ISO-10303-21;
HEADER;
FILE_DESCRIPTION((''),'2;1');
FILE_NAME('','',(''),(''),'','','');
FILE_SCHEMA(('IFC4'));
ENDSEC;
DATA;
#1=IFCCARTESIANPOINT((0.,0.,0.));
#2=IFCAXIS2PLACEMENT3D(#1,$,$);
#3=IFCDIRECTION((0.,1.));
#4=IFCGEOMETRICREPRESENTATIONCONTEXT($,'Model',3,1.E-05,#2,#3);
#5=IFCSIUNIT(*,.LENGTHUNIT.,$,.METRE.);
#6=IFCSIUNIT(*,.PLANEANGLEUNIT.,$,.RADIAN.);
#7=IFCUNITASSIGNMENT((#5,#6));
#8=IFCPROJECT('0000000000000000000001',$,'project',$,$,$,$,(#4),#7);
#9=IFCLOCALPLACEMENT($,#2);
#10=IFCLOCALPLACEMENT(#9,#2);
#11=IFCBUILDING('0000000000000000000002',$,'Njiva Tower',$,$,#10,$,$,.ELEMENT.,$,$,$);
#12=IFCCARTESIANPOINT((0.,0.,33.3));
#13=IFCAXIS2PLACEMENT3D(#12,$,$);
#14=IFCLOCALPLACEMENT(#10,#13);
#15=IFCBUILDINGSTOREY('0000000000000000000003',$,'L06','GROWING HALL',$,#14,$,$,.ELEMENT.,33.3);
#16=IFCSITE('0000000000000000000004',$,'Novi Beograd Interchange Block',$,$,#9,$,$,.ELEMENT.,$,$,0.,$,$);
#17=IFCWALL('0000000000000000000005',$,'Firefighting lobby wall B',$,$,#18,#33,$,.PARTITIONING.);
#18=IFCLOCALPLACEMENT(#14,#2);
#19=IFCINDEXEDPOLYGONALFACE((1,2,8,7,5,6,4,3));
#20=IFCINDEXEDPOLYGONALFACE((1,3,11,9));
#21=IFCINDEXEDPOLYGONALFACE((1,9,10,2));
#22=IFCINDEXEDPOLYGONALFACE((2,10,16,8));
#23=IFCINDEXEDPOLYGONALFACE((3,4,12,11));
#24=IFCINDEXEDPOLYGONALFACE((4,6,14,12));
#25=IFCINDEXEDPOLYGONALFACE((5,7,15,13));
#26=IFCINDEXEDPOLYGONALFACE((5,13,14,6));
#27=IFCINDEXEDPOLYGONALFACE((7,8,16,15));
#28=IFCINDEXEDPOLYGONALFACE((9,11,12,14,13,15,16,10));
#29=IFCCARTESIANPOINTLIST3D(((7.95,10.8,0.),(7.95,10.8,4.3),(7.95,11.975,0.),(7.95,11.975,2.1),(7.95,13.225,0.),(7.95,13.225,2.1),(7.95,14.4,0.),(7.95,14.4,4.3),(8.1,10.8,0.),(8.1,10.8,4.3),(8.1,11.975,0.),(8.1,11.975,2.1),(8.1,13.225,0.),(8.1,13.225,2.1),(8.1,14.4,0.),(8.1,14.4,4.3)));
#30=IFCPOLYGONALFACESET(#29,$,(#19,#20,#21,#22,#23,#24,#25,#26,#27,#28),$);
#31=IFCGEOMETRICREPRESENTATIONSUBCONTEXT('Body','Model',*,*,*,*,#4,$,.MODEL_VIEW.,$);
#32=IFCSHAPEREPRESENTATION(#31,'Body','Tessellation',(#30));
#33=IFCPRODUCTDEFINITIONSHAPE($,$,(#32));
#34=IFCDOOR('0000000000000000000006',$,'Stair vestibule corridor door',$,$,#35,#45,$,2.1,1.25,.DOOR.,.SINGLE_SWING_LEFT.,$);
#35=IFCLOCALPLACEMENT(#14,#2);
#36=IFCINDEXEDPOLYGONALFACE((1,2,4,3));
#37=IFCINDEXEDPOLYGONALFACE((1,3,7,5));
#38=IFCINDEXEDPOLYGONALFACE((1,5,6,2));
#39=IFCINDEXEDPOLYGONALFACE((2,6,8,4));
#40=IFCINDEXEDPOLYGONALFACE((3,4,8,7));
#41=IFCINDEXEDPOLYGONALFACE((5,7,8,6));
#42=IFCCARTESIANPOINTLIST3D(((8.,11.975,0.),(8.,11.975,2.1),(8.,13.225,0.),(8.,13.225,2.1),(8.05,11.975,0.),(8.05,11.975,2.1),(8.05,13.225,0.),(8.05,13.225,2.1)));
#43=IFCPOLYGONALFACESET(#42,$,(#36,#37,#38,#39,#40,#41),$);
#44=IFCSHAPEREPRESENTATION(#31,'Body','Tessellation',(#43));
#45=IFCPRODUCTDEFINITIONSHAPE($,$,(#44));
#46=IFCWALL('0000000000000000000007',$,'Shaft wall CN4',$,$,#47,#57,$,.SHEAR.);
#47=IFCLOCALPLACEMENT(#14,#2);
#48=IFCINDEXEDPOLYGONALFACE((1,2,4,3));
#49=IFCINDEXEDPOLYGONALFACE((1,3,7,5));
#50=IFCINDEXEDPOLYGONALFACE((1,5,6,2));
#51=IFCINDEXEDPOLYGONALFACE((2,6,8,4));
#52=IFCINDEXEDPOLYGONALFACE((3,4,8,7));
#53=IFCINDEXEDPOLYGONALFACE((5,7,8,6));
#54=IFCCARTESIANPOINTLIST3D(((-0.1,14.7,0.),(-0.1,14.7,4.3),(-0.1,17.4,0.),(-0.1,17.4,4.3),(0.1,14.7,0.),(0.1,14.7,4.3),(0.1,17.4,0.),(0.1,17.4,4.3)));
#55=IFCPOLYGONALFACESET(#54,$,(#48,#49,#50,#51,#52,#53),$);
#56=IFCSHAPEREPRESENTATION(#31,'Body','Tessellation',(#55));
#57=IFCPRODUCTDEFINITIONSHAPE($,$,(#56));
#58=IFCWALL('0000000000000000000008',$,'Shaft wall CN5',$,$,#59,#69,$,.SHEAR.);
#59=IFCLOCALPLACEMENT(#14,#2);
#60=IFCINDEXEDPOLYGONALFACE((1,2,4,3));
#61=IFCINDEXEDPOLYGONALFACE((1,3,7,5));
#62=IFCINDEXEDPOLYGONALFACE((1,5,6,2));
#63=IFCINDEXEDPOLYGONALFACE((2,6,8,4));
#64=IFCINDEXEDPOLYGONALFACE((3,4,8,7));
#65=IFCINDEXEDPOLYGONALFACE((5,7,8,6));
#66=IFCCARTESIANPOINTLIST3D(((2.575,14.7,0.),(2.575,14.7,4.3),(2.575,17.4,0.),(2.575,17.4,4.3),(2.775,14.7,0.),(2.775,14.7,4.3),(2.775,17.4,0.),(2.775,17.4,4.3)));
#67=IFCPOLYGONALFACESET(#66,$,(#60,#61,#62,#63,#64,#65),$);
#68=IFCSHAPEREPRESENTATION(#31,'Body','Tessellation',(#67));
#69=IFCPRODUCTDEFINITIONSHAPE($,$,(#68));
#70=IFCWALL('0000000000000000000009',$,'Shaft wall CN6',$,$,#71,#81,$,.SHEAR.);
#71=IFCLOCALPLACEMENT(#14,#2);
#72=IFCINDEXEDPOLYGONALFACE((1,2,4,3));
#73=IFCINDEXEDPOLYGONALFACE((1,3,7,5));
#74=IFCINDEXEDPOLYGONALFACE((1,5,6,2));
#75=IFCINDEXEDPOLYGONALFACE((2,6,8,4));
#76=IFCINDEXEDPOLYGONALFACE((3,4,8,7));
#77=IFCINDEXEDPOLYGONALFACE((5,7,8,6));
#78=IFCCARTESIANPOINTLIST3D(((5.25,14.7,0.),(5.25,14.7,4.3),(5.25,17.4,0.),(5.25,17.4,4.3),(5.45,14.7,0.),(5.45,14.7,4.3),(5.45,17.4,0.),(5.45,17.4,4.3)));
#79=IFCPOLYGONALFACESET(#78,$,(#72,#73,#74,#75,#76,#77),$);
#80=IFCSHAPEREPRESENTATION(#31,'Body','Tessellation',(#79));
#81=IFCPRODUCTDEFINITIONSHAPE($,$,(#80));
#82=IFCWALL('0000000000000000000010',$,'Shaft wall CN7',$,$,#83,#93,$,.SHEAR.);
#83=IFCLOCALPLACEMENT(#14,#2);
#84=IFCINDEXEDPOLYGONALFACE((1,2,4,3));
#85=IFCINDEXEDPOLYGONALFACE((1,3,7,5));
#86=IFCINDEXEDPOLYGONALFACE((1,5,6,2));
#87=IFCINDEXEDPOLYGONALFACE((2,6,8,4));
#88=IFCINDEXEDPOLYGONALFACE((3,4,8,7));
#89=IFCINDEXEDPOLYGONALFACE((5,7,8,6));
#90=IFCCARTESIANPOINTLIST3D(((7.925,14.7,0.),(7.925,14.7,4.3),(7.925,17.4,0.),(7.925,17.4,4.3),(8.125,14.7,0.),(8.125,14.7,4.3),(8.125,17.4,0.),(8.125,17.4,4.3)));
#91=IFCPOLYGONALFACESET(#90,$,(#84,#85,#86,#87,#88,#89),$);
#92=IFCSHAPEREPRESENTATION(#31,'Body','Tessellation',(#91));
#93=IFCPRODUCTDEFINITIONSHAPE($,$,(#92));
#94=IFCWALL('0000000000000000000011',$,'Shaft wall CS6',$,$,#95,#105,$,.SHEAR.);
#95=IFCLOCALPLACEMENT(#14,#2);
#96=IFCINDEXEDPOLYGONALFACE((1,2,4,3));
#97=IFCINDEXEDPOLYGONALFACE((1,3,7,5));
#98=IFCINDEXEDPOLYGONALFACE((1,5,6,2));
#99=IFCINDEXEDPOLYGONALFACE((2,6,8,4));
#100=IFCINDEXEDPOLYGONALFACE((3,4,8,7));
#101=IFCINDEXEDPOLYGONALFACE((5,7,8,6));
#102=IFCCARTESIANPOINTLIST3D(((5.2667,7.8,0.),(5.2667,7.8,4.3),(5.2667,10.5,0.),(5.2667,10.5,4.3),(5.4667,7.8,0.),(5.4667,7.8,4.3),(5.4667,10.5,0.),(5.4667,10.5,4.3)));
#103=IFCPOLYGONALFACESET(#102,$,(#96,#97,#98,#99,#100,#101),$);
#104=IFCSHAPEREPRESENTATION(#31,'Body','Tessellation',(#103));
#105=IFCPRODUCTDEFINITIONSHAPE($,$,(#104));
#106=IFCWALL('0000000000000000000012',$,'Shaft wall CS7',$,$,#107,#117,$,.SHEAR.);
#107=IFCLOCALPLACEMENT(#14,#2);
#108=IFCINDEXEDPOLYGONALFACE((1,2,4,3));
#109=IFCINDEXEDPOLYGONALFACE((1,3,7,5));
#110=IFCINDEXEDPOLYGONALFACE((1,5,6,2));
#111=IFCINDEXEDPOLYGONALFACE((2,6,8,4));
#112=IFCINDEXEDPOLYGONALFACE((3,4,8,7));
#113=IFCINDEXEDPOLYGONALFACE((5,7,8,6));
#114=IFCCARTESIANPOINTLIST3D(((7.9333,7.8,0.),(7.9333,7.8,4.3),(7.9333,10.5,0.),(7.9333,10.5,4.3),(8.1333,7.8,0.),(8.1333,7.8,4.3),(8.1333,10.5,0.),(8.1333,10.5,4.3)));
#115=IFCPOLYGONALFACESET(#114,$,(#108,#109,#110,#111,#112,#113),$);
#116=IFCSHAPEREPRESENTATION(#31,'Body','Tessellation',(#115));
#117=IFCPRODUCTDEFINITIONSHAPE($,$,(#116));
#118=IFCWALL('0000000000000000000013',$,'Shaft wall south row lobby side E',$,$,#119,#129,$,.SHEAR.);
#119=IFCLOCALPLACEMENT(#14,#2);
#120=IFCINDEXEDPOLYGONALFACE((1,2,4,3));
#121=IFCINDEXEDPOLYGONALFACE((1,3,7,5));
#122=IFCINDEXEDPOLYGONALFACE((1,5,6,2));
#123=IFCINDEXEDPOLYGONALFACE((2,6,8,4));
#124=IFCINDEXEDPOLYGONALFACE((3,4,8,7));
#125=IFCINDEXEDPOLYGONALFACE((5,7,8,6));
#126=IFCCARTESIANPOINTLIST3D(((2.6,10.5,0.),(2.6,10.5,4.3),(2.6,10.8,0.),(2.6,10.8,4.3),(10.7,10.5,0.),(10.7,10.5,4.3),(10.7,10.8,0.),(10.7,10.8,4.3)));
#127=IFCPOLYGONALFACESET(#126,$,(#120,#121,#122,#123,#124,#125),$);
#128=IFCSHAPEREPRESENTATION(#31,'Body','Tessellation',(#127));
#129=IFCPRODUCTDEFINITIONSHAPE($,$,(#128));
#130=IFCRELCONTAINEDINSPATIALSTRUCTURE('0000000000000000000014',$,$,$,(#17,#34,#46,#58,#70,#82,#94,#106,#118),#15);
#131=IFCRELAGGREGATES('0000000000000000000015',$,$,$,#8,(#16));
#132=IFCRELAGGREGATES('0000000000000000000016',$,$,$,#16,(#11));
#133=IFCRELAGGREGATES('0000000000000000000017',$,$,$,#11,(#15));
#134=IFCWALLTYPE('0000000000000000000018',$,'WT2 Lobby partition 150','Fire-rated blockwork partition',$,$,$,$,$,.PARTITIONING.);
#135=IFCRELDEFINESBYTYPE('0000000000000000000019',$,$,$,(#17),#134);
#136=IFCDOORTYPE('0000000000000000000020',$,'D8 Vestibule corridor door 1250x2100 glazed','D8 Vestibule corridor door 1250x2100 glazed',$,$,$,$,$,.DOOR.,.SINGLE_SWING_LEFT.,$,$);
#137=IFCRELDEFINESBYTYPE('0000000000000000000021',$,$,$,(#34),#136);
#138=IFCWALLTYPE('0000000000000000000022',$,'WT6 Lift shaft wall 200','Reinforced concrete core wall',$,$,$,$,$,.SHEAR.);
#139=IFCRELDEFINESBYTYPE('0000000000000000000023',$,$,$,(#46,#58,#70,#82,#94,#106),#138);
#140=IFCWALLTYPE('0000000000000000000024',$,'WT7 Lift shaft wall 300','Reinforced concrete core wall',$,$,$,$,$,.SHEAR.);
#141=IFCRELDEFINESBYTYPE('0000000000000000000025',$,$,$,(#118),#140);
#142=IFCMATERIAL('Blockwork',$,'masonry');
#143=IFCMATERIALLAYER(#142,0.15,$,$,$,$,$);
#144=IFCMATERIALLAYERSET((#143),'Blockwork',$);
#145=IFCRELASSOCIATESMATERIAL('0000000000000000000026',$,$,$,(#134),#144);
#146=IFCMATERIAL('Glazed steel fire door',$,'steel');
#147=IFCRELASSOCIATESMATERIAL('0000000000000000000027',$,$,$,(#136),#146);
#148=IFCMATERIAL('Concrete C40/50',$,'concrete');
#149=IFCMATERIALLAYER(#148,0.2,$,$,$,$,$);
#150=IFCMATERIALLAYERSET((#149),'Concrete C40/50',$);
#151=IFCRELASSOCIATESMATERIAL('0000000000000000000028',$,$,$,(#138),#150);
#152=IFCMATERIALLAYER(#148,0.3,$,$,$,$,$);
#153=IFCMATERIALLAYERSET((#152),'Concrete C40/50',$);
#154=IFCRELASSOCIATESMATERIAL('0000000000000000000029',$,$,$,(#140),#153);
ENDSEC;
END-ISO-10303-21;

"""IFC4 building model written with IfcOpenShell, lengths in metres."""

from ifc_helpers import new_model, si_unit, direction, frame, frame_2d, origin, place, context, subcontext, project, spatial, rectangle, extrude, material, layer, layer_set, type_object, element, fill, save


model = new_model("IFC4")

# Units and contexts
model_context = context("Model", 3, precision=1e-05, world=origin(), true_north=direction((0.0, 1.0)))
body_context = subcontext(model_context, "Body", "Model", "MODEL_VIEW")
ifc_project = project(units=[si_unit("LENGTHUNIT", "METRE"), si_unit("PLANEANGLEUNIT", "RADIAN")], contexts=[model_context])

# Site, building, storey
site_placement = place(None, origin())
site = spatial("IfcSite", under=ifc_project, at=site_placement, Name="Novi Beograd Interchange Block", CompositionType="ELEMENT", RefElevation=0.0)
building_placement = place(site_placement, origin())
building = spatial("IfcBuilding", under=site, at=building_placement, Name="Njiva Tower", CompositionType="ELEMENT")
storey_placement = place(building_placement, frame((0.0, 0.0, 33.3)))
storey = spatial("IfcBuildingStorey", under=building, at=storey_placement, Name="L06", Description="GROWING HALL", CompositionType="ELEMENT", Elevation=33.3)

# Wall, opening, door
ifc_material_1 = material(Name="Concrete C40/50", Category="concrete")
ifc_material_2 = material(Name="Glazed steel fire door", Category="steel")
ifc_material_3 = material(Name="Blockwork", Category="masonry")
ifc_layer_1 = layer(ifc_material_3, 0.15)
ifc_layer_set_1 = layer_set([ifc_layer_1], Name="Blockwork")
wall_type_1 = type_object("IfcWallType", Name="WT2 Lobby partition 150", Description="Fire-rated blockwork partition", PredefinedType="PARTITIONING", material=ifc_layer_set_1)
wall_1_placement = place(storey_placement, frame((8.025, 10.8, 0.0), z_axis=(0.0, 0.0, 1.0), x_axis=(0.0, 1.0, 0.0)))
wall_1 = element("IfcWall", 1, at=wall_1_placement, inside=storey, type_object=wall_type_1, Name="Firefighting lobby wall B", PredefinedType="PARTITIONING", context=body_context, shape_type="SweptSolid", body=[
    extrude(rectangle(XDim=3.6, YDim=0.15, at=frame_2d((1.8, 0.0))), origin(), (0.0, 0.0, 1.0), 4.3),
])
opening_1_placement = place(wall_1_placement, frame((1.175, 0.0, 0.0)))
opening_1 = element("IfcOpeningElement", 2, at=opening_1_placement, cuts=wall_1, PredefinedType="OPENING", context=body_context, shape_type="SweptSolid", body=[
    extrude(rectangle(XDim=1.25, YDim=2.1, at=frame_2d((0.625, 1.05))), frame((0.0, 0.085, 0.0), z_axis=(0.0, -1.0, 0.0), x_axis=(1.0, 0.0, 0.0)), (0.0, 0.0, 1.0), 0.17),
])
door_type_1 = type_object("IfcDoorType", Name="D8 Vestibule corridor door 1250x2100 glazed", Description="D8 Vestibule corridor door 1250x2100 glazed", OperationType="SINGLE_SWING_LEFT", PredefinedType="DOOR", material=ifc_material_2)
door_1_placement = place(opening_1_placement, origin())
door_1 = element("IfcDoor", 3, at=door_1_placement, inside=storey, type_object=door_type_1, Name="Stair vestibule corridor door", OperationType="SINGLE_SWING_LEFT", OverallHeight=2.1, OverallWidth=1.25, PredefinedType="DOOR", context=body_context, shape_type="SweptSolid", body=[
    extrude(rectangle(XDim=1.25, YDim=2.1, at=frame_2d((0.625, 1.05))), frame((0.0, 0.025, 0.0), z_axis=(0.0, -1.0, 0.0), x_axis=(1.0, 0.0, 0.0)), (0.0, 0.0, 1.0), 0.05),
])
fill(opening_1, door_1)

# Walls
ifc_layer_2 = layer(ifc_material_1, 0.2)
ifc_layer_set_2 = layer_set([ifc_layer_2], Name="Concrete C40/50")
wall_type_2 = type_object("IfcWallType", Name="WT6 Lift shaft wall 200", Description="Reinforced concrete core wall", PredefinedType="SHEAR", material=ifc_layer_set_2)
for number, where, z_axis, x_axis, name in (
    (4, (0.0, 14.7, 0.0), (0.0, 0.0, 1.0), (0.0, 1.0, 0.0), "Shaft wall CN4"),
    (5, (2.675, 14.7, 0.0), (0.0, 0.0, 1.0), (0.0, 1.0, 0.0), "Shaft wall CN5"),
    (6, (5.35, 14.7, 0.0), (0.0, 0.0, 1.0), (0.0, 1.0, 0.0), "Shaft wall CN6"),
    (7, (8.025, 14.7, 0.0), (0.0, 0.0, 1.0), (0.0, 1.0, 0.0), "Shaft wall CN7"),
    (8, (5.3667, 7.8, 0.0), (0.0, 0.0, 1.0), (0.0, 1.0, 0.0), "Shaft wall CS6"),
    (9, (8.0333, 7.8, 0.0), (0.0, 0.0, 1.0), (0.0, 1.0, 0.0), "Shaft wall CS7"),
):
    element("IfcWall", number, at=place(storey_placement, frame(where, z_axis=z_axis, x_axis=x_axis)), inside=storey, type_object=wall_type_2, Name=name, PredefinedType="SHEAR", context=body_context, shape_type="SweptSolid", body=[
        extrude(rectangle(XDim=2.7, YDim=0.2, at=frame_2d((1.35, 0.0))), origin(), (0.0, 0.0, 1.0), 4.3),
    ])
ifc_layer_3 = layer(ifc_material_1, 0.3)
ifc_layer_set_3 = layer_set([ifc_layer_3], Name="Concrete C40/50")
wall_type_3 = type_object("IfcWallType", Name="WT7 Lift shaft wall 300", Description="Reinforced concrete core wall", PredefinedType="SHEAR", material=ifc_layer_set_3)
wall_2_placement = place(storey_placement, frame((2.6, 10.65, 0.0), z_axis=(0.0, 0.0, 1.0), x_axis=(1.0, 0.0, 0.0)))
element("IfcWall", 10, at=wall_2_placement, inside=storey, type_object=wall_type_3, Name="Shaft wall south row lobby side E", PredefinedType="SHEAR", context=body_context, shape_type="SweptSolid", body=[
    extrude(rectangle(XDim=8.1, YDim=0.3, at=frame_2d((4.05, 0.0))), origin(), (0.0, 0.0, 1.0), 4.3),
])

save(model, "model.ifc")
